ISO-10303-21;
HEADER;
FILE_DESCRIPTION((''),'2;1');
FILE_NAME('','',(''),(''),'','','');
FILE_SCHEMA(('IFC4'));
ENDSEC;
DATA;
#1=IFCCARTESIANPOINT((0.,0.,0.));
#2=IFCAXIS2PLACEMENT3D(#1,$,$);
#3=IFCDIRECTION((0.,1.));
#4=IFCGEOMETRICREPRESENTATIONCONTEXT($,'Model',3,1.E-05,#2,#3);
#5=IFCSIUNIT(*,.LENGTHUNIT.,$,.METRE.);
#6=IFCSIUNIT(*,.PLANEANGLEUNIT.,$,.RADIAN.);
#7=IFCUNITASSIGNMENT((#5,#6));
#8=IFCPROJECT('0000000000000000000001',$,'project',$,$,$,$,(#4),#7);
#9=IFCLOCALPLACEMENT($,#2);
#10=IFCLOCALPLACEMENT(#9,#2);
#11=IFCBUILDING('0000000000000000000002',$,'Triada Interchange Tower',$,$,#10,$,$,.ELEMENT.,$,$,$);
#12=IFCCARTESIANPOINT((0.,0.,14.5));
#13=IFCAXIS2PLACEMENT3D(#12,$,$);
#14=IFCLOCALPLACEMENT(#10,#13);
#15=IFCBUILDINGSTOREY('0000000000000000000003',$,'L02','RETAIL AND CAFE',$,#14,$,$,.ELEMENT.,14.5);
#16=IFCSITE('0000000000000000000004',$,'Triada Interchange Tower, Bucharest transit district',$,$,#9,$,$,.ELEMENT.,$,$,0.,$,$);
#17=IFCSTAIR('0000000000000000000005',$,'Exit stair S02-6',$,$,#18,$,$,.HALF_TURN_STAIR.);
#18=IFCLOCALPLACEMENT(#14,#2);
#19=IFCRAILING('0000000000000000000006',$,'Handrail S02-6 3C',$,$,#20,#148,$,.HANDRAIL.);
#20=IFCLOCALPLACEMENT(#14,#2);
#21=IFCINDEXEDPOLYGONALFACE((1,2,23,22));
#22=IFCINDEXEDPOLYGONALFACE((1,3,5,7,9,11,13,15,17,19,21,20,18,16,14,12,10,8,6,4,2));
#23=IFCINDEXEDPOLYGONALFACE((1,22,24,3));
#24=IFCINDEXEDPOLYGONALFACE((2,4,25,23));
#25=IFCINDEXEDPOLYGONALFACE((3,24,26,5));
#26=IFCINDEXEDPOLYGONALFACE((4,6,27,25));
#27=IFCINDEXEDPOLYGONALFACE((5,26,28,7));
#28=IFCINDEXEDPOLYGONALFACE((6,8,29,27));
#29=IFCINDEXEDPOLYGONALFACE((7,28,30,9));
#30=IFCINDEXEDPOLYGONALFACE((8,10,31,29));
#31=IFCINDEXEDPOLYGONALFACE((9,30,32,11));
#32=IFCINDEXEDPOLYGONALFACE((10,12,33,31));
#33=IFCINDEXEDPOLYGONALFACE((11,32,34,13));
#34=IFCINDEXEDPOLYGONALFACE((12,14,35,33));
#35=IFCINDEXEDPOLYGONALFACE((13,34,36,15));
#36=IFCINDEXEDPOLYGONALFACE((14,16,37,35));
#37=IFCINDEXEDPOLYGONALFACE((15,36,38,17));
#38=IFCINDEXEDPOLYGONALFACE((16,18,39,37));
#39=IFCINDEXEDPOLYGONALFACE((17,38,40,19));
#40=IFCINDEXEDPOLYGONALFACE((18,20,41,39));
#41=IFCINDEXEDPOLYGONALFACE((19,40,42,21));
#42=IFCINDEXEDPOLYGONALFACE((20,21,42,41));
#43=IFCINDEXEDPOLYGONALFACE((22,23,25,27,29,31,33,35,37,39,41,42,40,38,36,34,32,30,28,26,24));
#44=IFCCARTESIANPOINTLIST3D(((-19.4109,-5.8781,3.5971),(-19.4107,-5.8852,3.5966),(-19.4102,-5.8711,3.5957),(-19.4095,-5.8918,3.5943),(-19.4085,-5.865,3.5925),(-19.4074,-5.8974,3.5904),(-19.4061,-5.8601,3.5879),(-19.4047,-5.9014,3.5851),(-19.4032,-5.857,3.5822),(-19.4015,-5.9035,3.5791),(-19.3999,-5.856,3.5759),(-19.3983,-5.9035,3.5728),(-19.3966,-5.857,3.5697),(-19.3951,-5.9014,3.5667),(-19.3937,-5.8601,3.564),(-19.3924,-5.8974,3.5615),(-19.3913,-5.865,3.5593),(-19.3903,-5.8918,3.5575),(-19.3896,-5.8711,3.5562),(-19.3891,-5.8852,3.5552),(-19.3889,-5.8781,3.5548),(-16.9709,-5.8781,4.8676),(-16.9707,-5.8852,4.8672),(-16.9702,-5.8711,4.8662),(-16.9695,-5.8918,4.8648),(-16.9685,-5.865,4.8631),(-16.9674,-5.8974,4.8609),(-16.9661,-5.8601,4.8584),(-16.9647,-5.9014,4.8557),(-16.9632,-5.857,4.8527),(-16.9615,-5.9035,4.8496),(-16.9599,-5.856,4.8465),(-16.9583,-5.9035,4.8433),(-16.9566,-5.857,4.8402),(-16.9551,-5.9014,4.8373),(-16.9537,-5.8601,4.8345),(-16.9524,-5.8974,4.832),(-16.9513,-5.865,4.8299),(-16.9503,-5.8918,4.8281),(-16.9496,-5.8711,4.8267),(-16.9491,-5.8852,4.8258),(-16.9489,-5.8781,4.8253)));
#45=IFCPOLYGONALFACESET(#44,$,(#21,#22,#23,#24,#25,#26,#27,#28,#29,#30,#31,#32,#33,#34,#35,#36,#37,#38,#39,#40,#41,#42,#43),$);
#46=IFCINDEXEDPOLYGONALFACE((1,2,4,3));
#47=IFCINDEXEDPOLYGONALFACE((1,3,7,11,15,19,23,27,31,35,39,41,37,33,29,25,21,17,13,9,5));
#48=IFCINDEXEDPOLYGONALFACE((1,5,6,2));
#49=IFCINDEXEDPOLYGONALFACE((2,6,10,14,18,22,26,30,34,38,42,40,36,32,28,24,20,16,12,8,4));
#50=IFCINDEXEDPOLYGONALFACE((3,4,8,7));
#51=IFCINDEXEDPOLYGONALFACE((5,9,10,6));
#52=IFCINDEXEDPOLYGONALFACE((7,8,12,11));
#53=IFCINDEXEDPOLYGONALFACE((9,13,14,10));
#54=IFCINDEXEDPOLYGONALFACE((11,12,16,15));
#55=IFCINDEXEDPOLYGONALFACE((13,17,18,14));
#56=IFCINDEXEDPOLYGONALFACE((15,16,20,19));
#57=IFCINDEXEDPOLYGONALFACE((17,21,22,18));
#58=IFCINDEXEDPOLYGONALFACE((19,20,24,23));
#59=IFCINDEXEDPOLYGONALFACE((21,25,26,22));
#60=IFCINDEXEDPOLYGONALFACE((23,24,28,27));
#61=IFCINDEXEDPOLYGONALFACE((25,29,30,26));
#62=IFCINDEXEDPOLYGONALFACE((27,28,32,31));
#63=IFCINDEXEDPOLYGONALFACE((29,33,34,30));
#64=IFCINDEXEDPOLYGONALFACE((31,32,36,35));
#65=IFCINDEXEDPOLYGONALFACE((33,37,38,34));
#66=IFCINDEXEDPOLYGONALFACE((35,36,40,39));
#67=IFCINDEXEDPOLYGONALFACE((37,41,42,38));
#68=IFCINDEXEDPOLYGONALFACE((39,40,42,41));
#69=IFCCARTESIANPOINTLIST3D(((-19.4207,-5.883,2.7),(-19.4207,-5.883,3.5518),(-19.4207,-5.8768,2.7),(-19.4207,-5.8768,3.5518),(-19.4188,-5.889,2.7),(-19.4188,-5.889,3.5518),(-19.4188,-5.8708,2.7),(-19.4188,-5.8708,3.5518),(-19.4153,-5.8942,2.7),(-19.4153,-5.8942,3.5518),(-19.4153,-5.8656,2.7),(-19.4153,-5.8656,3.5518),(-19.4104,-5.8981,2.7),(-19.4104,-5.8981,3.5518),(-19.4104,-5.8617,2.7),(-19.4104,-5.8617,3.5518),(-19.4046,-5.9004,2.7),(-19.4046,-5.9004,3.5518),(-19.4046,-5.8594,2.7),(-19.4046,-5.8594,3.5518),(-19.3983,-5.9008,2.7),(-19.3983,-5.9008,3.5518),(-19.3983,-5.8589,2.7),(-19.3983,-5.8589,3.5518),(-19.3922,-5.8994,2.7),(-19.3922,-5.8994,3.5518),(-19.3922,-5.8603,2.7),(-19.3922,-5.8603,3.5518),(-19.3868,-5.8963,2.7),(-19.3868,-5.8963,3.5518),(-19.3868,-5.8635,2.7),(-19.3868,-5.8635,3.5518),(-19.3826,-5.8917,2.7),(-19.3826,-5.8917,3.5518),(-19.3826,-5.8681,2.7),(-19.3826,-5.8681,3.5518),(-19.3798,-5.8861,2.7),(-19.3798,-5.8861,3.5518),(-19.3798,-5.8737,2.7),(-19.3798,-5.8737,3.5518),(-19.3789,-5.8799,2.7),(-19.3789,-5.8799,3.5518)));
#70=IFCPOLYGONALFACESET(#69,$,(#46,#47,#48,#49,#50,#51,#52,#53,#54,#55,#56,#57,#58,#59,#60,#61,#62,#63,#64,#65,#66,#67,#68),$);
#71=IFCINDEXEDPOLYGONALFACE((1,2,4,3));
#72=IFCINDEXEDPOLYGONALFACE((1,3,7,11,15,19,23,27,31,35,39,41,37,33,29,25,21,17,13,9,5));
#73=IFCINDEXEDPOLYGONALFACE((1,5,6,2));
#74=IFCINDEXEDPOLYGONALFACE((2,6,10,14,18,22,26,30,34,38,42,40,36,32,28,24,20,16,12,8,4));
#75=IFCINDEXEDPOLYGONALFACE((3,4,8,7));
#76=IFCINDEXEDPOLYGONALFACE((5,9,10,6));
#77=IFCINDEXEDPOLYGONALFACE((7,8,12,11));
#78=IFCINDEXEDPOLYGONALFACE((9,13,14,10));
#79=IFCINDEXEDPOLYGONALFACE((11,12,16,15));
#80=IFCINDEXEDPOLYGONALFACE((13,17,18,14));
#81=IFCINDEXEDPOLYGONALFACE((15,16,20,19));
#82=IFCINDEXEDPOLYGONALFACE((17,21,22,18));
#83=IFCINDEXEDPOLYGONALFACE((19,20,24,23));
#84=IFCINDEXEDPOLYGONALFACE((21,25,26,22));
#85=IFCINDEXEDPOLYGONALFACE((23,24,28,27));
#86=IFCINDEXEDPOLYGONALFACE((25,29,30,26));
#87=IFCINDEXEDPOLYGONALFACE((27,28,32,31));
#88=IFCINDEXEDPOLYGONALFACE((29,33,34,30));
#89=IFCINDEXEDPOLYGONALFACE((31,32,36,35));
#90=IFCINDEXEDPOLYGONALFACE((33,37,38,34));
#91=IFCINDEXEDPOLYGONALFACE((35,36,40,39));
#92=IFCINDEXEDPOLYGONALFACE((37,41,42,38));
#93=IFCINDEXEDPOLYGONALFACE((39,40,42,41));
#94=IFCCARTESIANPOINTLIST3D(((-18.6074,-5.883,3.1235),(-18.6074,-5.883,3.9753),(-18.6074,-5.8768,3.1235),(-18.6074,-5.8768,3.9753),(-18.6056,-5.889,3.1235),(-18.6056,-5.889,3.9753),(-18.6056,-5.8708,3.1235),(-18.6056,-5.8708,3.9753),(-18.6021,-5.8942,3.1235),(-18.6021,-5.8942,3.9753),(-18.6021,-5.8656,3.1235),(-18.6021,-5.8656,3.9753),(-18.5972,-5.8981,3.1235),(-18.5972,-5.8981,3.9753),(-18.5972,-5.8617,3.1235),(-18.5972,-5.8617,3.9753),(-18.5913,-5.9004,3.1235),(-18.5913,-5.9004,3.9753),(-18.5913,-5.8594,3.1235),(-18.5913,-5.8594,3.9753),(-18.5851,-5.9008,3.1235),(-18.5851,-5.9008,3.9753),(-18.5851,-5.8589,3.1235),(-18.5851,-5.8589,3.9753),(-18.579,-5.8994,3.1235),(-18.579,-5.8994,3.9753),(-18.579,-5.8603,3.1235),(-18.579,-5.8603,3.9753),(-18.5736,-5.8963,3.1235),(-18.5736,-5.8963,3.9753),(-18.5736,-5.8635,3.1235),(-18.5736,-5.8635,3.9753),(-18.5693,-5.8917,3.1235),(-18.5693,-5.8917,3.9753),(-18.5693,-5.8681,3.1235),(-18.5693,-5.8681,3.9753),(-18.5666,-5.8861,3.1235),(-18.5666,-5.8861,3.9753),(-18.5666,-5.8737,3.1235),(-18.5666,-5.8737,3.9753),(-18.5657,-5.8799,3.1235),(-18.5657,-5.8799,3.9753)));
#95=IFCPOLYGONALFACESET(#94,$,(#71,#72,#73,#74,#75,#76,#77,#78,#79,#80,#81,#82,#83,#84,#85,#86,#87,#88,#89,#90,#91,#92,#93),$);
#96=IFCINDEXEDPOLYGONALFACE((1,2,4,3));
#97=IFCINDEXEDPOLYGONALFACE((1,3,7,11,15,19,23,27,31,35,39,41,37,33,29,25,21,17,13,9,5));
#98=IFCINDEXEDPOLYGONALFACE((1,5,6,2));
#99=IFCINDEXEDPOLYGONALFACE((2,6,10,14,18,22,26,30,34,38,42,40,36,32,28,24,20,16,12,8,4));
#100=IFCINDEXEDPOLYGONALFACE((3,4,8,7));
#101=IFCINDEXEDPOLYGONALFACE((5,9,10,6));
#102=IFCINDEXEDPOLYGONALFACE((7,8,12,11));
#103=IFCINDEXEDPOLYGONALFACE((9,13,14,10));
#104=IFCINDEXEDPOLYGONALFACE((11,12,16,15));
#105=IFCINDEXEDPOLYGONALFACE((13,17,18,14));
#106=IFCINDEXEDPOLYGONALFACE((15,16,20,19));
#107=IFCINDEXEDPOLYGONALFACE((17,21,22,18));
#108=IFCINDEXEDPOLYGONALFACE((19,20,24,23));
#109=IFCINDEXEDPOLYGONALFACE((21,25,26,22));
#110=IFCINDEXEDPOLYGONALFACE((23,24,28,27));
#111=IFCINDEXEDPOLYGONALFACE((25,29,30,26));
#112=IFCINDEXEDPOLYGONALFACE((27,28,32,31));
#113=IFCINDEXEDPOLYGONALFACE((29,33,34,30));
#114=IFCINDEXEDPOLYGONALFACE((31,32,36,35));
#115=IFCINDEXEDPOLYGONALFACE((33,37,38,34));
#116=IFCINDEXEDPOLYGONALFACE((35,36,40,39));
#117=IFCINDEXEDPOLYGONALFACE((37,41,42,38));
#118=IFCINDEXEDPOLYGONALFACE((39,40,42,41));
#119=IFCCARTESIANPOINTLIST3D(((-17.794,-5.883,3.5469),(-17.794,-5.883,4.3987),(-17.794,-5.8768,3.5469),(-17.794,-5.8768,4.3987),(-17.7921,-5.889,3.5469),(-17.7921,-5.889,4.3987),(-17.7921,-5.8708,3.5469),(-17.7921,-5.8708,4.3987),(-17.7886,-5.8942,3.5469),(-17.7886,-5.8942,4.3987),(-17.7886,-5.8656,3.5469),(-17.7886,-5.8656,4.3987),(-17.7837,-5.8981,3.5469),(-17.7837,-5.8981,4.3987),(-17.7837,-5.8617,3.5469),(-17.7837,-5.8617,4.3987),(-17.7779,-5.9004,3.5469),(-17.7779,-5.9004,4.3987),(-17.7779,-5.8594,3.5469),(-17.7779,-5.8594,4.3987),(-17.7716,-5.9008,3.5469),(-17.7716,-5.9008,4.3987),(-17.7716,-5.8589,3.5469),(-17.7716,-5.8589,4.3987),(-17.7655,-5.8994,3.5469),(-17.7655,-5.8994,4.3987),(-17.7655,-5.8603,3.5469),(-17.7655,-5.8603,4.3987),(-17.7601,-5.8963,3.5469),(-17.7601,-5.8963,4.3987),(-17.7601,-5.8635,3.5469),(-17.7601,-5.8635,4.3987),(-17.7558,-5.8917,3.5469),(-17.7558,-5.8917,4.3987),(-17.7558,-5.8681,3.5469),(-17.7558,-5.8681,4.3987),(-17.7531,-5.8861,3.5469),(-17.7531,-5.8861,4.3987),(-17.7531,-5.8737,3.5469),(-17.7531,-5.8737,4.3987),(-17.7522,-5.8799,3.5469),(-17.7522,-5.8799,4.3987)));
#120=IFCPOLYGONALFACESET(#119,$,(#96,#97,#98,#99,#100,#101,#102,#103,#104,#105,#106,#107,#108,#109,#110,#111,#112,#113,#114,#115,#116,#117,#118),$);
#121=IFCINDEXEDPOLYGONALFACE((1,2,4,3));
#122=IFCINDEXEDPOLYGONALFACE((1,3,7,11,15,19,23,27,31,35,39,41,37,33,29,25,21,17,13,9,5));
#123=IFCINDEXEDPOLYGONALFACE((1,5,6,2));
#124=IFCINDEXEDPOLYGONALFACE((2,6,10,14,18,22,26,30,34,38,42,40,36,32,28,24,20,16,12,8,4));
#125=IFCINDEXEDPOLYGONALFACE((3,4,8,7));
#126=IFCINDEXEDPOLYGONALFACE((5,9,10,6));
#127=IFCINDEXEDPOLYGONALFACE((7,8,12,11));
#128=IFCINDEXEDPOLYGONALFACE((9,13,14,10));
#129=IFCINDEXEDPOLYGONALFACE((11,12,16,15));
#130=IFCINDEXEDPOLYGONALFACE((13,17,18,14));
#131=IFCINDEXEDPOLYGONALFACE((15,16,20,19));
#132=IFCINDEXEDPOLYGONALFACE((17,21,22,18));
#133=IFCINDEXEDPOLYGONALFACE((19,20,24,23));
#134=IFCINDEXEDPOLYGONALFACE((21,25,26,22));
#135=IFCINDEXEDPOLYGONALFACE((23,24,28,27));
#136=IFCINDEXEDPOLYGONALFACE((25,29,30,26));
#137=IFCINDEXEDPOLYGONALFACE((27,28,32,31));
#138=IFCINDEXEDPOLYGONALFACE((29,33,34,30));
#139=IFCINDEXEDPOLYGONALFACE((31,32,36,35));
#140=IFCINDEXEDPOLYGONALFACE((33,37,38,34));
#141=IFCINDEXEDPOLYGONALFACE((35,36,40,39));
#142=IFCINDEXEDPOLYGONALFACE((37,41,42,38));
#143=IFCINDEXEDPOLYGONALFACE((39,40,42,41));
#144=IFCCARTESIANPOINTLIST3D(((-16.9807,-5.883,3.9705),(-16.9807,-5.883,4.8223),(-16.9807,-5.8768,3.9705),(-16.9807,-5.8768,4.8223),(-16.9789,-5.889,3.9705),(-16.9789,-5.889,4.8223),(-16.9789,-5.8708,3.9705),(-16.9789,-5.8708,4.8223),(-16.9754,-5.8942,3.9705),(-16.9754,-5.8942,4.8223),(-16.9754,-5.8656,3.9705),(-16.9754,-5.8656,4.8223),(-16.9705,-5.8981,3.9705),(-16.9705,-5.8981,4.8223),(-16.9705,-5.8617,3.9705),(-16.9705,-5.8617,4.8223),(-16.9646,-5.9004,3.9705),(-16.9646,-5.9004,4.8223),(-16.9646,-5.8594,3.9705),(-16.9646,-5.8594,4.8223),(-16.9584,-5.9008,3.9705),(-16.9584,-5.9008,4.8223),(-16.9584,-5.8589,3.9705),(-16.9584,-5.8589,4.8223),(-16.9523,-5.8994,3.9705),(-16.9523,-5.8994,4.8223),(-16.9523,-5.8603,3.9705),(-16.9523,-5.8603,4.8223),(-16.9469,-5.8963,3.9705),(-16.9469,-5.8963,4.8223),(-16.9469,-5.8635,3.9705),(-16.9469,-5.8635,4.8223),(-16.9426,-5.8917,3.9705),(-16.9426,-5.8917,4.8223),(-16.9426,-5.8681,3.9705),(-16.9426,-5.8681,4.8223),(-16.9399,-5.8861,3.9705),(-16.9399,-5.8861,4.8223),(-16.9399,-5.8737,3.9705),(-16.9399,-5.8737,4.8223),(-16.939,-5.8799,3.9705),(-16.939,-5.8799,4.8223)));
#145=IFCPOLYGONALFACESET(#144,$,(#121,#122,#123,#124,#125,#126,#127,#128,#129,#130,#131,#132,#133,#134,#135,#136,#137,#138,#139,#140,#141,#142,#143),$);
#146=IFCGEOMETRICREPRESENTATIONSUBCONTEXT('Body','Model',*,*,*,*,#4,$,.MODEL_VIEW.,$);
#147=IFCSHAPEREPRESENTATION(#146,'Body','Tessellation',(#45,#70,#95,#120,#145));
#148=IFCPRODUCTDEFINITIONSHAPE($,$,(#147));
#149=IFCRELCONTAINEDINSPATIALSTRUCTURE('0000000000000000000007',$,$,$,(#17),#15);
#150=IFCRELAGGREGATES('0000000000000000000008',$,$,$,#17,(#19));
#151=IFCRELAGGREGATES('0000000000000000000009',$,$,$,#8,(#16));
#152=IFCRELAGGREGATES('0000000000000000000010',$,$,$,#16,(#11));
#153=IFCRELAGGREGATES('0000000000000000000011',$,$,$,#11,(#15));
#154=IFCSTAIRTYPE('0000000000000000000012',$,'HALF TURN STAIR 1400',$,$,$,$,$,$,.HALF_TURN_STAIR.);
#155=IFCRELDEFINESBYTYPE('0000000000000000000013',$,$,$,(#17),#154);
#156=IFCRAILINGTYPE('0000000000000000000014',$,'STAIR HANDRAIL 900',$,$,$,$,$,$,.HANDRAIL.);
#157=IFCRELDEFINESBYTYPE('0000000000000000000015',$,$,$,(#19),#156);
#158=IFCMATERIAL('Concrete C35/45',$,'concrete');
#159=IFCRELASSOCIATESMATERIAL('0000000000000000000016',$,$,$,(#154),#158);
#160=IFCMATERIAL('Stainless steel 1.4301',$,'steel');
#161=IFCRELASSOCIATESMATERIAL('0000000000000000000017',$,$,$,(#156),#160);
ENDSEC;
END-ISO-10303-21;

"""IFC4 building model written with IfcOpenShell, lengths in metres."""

from ifc_helpers import new_model, si_unit, direction, frame, origin, origin_2d, place, context, subcontext, project, spatial, circle, extrude, material, type_object, element, aggregate, save


model = new_model("IFC4")

# Units and contexts
model_context = context("Model", 3, precision=1e-05, world=origin(), true_north=direction((0.0, 1.0)))
body_context = subcontext(model_context, "Body", "Model", "MODEL_VIEW")
ifc_project = project(units=[si_unit("LENGTHUNIT", "METRE"), si_unit("PLANEANGLEUNIT", "RADIAN")], contexts=[model_context])

# Site, building, storey
site_placement = place(None, origin())
site = spatial("IfcSite", under=ifc_project, at=site_placement, Name="Triada Interchange Tower, Bucharest transit district", CompositionType="ELEMENT", RefElevation=0.0)
building_placement = place(site_placement, origin())
building = spatial("IfcBuilding", under=site, at=building_placement, Name="Triada Interchange Tower", CompositionType="ELEMENT")
storey_placement = place(building_placement, frame((0.0, 0.0, 14.5)))
storey = spatial("IfcBuildingStorey", under=building, at=storey_placement, Name="L02", Description="RETAIL AND CAFE", CompositionType="ELEMENT", Elevation=14.5)

# Shared definitions
ifc_material_1 = material(Name="Concrete C35/45", Category="concrete")

# Stair, railing
stair_type = type_object("IfcStairType", Name="HALF TURN STAIR 1400", PredefinedType="HALF_TURN_STAIR", material=ifc_material_1)
stair_placement = place(storey_placement, origin())
stair = element("IfcStair", 1, at=stair_placement, inside=storey, type_object=stair_type, Name="Exit stair S02-6", PredefinedType="HALF_TURN_STAIR")
ifc_material_2 = material(Name="Stainless steel 1.4301", Category="steel")
railing_type_1 = type_object("IfcRailingType", Name="STAIR HANDRAIL 900", PredefinedType="HANDRAIL", material=ifc_material_2)
railing_1_placement = place(storey_placement, frame((-19.3999, -5.8799, 2.7)))
railing_1 = element("IfcRailing", 2, at=railing_1_placement, type_object=railing_type_1, Name="Handrail S02-6 3C", PredefinedType="HANDRAIL", context=body_context, shape_type="SweptSolid", body=[
    extrude(circle(Radius=0.0239, at=origin_2d()), frame((0.0, 0.0, 0.876), z_axis=(0.886958, 0.0, 0.46185), x_axis=(0.0, 1.0, 0.0)), (0.0, 0.0, 1.0), 2.751),
    extrude(circle(Radius=0.021, at=origin_2d()), origin(), (0.0, 0.0, 1.0), 0.8518),
    extrude(circle(Radius=0.021, at=origin_2d()), frame((0.8132, 0.0, 0.4236)), (0.0, 0.0, 1.0), 0.8518),
    extrude(circle(Radius=0.021, at=origin_2d()), frame((1.6267, 0.0, 0.8469)), (0.0, 0.0, 1.0), 0.8518),
    extrude(circle(Radius=0.021, at=origin_2d()), frame((2.4399, 0.0, 1.2705)), (0.0, 0.0, 1.0), 0.8518),
])
aggregate(stair, [railing_1])

save(model, "model.ifc")
